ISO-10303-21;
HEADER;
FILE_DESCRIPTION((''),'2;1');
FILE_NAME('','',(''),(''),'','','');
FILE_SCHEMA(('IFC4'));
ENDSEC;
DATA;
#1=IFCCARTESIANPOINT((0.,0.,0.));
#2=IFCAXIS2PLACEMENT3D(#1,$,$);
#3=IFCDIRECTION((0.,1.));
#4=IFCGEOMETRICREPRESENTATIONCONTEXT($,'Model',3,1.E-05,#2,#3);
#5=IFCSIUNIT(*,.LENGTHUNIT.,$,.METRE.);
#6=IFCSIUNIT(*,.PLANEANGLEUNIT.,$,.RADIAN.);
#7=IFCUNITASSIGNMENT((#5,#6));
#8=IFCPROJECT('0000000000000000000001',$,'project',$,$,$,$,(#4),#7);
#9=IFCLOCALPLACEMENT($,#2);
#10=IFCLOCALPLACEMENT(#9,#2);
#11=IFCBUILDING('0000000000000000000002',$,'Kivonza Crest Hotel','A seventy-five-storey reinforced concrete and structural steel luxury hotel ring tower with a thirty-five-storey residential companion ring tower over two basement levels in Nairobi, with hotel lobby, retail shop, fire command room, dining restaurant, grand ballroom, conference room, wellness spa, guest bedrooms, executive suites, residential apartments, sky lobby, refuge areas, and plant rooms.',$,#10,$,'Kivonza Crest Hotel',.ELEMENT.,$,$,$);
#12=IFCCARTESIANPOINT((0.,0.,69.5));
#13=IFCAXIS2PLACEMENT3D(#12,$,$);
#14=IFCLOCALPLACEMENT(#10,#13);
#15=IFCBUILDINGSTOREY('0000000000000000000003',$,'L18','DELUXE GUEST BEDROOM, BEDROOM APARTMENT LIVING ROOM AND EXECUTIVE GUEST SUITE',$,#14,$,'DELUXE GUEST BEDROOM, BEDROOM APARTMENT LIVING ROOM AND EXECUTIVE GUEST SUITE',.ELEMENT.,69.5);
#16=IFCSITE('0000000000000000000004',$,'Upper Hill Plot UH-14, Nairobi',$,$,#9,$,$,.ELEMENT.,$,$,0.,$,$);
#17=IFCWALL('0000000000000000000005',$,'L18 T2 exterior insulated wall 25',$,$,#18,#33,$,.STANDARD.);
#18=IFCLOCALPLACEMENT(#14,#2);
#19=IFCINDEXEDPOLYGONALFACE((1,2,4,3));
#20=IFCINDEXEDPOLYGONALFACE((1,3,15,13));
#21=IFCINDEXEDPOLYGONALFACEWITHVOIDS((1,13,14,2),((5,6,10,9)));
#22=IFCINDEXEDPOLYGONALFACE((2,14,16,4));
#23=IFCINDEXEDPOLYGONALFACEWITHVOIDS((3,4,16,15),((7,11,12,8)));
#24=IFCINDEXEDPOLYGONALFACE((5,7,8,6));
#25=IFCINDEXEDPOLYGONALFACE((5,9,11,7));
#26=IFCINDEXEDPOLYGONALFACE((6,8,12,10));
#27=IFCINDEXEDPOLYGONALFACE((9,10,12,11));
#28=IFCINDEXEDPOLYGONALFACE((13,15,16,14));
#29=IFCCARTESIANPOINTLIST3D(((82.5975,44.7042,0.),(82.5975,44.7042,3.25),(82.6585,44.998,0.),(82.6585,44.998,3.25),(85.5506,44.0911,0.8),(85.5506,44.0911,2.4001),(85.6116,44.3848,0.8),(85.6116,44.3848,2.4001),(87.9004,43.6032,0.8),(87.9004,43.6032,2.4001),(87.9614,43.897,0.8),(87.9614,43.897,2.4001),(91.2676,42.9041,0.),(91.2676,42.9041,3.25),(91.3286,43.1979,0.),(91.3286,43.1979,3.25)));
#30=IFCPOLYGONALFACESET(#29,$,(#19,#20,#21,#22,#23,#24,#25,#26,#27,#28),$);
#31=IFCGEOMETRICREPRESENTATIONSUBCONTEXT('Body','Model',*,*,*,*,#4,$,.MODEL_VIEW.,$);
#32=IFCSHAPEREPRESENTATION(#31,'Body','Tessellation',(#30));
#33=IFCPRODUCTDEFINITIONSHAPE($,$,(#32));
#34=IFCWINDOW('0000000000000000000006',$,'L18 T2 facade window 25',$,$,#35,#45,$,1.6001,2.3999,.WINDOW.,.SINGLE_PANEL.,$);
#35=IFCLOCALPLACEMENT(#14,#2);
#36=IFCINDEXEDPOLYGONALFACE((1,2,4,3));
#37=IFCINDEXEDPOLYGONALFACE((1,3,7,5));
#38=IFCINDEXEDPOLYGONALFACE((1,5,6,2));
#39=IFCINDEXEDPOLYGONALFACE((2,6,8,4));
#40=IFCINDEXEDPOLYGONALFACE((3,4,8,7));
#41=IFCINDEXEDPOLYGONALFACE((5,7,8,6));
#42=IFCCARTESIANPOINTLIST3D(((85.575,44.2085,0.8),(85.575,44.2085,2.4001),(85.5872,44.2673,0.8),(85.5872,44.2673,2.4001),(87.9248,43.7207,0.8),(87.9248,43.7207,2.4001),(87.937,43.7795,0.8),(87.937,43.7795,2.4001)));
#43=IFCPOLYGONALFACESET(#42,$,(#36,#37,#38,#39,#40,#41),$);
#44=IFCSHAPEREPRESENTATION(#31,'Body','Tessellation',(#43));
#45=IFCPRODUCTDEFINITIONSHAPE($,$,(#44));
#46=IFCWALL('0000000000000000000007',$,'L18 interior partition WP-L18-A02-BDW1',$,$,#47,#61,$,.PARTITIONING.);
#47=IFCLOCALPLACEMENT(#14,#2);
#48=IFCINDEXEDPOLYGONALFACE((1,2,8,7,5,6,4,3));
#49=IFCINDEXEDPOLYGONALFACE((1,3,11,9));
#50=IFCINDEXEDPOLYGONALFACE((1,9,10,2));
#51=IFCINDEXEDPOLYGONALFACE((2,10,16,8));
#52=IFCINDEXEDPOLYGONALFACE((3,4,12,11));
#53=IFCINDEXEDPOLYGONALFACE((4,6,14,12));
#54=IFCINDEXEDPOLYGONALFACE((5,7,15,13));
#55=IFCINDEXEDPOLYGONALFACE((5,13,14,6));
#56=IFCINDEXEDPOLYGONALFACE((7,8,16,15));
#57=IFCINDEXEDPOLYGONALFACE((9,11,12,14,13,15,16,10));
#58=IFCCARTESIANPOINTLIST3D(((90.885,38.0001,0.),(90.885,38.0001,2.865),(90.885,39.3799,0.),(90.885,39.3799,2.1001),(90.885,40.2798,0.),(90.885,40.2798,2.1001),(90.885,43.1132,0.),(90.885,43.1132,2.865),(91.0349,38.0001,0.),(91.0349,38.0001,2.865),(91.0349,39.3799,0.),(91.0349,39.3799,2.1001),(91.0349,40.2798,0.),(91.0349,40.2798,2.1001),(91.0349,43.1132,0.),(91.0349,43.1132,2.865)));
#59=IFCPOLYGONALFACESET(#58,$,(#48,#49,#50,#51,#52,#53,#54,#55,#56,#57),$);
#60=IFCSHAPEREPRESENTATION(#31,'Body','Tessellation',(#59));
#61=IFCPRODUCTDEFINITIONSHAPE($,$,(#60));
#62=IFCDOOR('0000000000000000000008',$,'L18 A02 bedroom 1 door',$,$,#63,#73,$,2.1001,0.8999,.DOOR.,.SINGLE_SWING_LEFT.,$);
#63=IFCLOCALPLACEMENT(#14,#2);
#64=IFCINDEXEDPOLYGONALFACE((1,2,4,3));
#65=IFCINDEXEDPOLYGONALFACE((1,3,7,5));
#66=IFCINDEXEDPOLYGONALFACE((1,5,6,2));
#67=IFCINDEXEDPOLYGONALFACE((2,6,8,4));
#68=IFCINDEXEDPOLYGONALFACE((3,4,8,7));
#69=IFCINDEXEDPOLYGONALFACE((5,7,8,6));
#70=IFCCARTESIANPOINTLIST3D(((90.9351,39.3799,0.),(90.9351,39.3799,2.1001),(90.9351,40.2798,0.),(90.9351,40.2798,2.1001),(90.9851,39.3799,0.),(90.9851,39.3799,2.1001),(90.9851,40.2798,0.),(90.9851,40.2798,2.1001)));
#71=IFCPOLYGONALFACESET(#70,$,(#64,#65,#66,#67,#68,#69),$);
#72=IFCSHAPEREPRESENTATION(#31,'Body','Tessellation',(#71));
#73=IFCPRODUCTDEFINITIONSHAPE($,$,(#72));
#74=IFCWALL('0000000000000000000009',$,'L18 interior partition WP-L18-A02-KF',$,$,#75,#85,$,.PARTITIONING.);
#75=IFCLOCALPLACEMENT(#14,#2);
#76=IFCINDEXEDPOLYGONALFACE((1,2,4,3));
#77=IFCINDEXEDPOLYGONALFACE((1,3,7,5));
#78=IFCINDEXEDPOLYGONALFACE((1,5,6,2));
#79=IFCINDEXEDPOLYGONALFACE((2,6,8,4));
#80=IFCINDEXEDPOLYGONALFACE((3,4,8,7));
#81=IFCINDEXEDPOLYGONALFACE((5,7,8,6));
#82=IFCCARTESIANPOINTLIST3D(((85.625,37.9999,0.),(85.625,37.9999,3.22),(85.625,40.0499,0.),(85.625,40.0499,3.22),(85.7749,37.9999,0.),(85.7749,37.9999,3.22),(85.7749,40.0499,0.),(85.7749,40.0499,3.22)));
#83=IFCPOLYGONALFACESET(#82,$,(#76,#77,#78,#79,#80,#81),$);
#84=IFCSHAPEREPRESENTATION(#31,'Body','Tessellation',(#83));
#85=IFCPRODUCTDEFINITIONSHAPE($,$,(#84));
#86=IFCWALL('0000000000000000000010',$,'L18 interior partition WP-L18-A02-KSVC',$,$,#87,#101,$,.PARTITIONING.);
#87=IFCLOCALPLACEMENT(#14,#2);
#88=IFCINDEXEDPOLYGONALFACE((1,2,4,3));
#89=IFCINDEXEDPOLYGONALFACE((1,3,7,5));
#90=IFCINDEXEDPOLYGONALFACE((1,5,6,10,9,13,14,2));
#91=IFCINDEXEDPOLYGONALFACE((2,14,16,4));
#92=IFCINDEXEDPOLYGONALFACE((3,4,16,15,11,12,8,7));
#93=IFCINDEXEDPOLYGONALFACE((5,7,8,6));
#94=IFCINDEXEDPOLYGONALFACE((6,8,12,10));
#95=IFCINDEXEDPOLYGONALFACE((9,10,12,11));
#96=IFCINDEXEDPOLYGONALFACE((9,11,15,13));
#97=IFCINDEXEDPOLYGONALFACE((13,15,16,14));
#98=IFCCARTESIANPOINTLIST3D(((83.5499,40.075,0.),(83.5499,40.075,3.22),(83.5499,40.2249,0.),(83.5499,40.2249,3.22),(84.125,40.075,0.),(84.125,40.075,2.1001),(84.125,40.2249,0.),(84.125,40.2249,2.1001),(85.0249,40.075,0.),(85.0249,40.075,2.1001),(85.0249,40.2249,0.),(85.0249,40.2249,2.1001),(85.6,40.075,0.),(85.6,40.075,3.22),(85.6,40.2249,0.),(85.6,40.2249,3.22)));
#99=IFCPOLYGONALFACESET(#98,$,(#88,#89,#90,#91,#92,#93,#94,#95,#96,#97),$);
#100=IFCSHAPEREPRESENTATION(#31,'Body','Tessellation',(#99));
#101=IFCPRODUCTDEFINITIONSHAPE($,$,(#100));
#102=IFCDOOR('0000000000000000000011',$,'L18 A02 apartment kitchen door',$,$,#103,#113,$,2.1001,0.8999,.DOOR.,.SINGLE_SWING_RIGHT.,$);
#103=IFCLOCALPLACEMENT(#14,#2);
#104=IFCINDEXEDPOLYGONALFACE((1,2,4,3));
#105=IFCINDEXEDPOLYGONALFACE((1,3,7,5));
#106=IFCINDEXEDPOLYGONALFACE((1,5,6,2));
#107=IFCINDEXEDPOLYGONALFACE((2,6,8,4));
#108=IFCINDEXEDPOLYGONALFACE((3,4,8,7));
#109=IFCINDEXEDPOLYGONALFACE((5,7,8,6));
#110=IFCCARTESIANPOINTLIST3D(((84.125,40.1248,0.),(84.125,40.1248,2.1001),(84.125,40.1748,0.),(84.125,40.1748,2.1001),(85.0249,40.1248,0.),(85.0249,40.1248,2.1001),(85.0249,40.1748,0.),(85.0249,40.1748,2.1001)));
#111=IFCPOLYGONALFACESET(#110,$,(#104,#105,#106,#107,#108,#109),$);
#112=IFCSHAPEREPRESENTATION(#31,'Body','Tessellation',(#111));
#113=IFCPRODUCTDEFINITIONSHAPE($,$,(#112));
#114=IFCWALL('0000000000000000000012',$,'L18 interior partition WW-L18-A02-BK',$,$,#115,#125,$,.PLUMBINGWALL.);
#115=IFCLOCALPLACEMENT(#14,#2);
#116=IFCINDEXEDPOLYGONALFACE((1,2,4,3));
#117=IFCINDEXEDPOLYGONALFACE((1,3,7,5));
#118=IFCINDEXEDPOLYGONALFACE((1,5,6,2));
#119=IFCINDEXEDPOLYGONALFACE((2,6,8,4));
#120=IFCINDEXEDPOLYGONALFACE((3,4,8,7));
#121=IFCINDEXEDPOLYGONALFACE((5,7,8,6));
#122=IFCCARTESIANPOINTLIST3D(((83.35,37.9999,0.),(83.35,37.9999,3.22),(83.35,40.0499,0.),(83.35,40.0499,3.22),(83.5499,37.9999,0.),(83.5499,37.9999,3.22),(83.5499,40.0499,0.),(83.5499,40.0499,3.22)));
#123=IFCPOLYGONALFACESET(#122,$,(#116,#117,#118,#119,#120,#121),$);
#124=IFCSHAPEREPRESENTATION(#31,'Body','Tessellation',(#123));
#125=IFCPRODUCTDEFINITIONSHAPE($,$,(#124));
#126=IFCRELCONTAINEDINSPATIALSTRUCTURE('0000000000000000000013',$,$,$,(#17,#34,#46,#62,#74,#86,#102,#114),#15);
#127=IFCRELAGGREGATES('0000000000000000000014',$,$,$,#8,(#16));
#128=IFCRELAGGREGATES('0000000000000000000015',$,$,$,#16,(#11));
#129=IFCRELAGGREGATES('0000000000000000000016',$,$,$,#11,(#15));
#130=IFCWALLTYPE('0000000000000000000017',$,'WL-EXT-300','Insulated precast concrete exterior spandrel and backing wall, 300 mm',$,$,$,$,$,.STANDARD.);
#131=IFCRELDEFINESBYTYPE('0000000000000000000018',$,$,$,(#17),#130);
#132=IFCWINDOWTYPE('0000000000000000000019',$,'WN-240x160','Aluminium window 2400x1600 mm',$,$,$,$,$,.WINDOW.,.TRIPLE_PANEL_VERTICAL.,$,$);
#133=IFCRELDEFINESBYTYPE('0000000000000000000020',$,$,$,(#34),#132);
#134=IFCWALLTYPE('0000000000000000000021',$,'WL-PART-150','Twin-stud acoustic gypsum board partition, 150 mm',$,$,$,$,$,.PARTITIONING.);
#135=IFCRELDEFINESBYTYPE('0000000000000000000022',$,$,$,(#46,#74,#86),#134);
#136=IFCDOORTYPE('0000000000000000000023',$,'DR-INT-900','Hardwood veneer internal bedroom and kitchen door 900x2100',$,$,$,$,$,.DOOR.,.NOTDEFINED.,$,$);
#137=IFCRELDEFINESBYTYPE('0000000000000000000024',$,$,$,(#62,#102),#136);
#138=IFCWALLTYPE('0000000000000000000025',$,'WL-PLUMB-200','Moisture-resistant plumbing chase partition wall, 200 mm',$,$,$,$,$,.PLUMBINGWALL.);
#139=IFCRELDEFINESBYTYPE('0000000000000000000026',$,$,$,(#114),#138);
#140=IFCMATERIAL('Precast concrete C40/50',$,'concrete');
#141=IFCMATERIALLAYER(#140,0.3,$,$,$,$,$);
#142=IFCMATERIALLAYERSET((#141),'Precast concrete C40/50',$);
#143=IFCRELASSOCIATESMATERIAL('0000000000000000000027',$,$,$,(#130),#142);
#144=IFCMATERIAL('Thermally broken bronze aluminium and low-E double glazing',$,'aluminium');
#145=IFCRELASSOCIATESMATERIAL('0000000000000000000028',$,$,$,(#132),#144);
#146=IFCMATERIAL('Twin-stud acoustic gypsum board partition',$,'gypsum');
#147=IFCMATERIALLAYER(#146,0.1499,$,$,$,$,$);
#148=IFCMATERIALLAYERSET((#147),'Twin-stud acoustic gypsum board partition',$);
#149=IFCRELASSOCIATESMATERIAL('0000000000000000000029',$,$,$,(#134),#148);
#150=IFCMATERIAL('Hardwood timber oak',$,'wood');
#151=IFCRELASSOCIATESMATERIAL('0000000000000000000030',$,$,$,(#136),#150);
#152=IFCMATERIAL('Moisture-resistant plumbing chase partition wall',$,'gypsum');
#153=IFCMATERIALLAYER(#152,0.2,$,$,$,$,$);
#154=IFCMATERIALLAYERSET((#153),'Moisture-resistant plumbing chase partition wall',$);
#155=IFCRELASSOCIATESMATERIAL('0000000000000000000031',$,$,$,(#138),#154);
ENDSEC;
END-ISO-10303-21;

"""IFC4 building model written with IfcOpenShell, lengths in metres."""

from ifc_helpers import new_model, si_unit, direction, frame, frame_2d, origin, place, context, subcontext, project, spatial, rectangle, extrude, material, layer, layer_set, type_object, element, fill, save


model = new_model("IFC4")

# Units and contexts
model_context = context("Model", 3, precision=1e-05, world=origin(), true_north=direction((0.0, 1.0)))
body_context = subcontext(model_context, "Body", "Model", "MODEL_VIEW")
ifc_project = project(units=[si_unit("LENGTHUNIT", "METRE"), si_unit("PLANEANGLEUNIT", "RADIAN")], contexts=[model_context])

# Site, building, storey
site_placement = place(None, origin())
site = spatial("IfcSite", under=ifc_project, at=site_placement, Name="Upper Hill Plot UH-14, Nairobi", CompositionType="ELEMENT", RefElevation=0.0)
building_placement = place(site_placement, origin())
building = spatial("IfcBuilding", under=site, at=building_placement, Name="Kivonza Crest Hotel", Description="A seventy-five-storey reinforced concrete and structural steel luxury hotel ring tower with a thirty-five-storey residential companion ring tower over two basement levels in Nairobi, with hotel lobby, retail shop, fire command room, dining restaurant, grand ballroom, conference room, wellness spa, guest bedrooms, executive suites, residential apartments, sky lobby, refuge areas, and plant rooms.", LongName="Kivonza Crest Hotel", CompositionType="ELEMENT")
storey_placement = place(building_placement, frame((0.0, 0.0, 69.5)))
storey = spatial("IfcBuildingStorey", under=building, at=storey_placement, Name="L18", Description="DELUXE GUEST BEDROOM, BEDROOM APARTMENT LIVING ROOM AND EXECUTIVE GUEST SUITE", LongName="DELUXE GUEST BEDROOM, BEDROOM APARTMENT LIVING ROOM AND EXECUTIVE GUEST SUITE", CompositionType="ELEMENT", Elevation=69.5)

# Shared definitions
ifc_material_1 = material(Name="Hardwood timber oak", Category="wood")

# Shared definitions
ifc_material_2 = material(Name="Precast concrete C40/50", Category="concrete")
ifc_layer_1 = layer(ifc_material_2, 0.3)
ifc_layer_set_1 = layer_set([ifc_layer_1], Name="Precast concrete C40/50")
wall_type_1 = type_object("IfcWallType", Name="WL-EXT-300", Description="Insulated precast concrete exterior spandrel and backing wall, 300 mm", PredefinedType="STANDARD", material=ifc_layer_set_1)

# Wall, opening, window
wall_1_placement = place(storey_placement, frame((91.2981, 43.051, 0.0), z_axis=(0.0, 0.0, 1.0), x_axis=(-0.979121, 0.203279, 0.0)))
wall_1 = element("IfcWall", 1, at=wall_1_placement, inside=storey, type_object=wall_type_1, Name="L18 T2 exterior insulated wall 25", PredefinedType="STANDARD", context=body_context, shape_type="SweptSolid", body=[
    extrude(rectangle(XDim=8.855, YDim=0.3, at=frame_2d((4.4275, 0.0))), origin(), (0.0, 0.0, 1.0), 3.25),
])
opening_1_placement = place(wall_1_placement, frame((3.439, 0.0, 0.8)))
opening_1 = element("IfcOpeningElement", 2, at=opening_1_placement, cuts=wall_1, PredefinedType="OPENING", context=body_context, shape_type="SweptSolid", body=[
    extrude(rectangle(XDim=2.3999, YDim=1.6001, at=frame_2d((1.2, 0.8))), frame((0.0, 0.1602, 0.0), z_axis=(0.0, -1.0, 0.0), x_axis=(1.0, 0.0, 0.0)), (0.0, 0.0, 1.0), 0.3201),
])
ifc_material_3 = material(Name="Thermally broken bronze aluminium and low-E double glazing", Category="aluminium")
window_type_1 = type_object("IfcWindowType", Name="WN-240x160", Description="Aluminium window 2400x1600 mm", PartitioningType="TRIPLE_PANEL_VERTICAL", PredefinedType="WINDOW", material=ifc_material_3)
window_1_placement = place(opening_1_placement, origin())
window_1 = element("IfcWindow", 3, at=window_1_placement, inside=storey, type_object=window_type_1, Name="L18 T2 facade window 25", OverallHeight=1.6001, OverallWidth=2.3999, PartitioningType="SINGLE_PANEL", PredefinedType="WINDOW", context=body_context, shape_type="SweptSolid", body=[
    extrude(rectangle(XDim=2.3999, YDim=1.6001, at=frame_2d((1.2, 0.8))), frame((0.0, 0.03, 0.0), z_axis=(0.0, -1.0, 0.0), x_axis=(1.0, 0.0, 0.0)), (0.0, 0.0, 1.0), 0.0601),
])
fill(opening_1, window_1)

# Wall, opening, door
ifc_material_4 = material(Name="Twin-stud acoustic gypsum board partition", Category="gypsum")
ifc_layer_2 = layer(ifc_material_4, 0.1499)
ifc_layer_set_2 = layer_set([ifc_layer_2], Name="Twin-stud acoustic gypsum board partition")
wall_type_2 = type_object("IfcWallType", Name="WL-PART-150", Description="Twin-stud acoustic gypsum board partition, 150 mm", PredefinedType="PARTITIONING", material=ifc_layer_set_2)
wall_2_placement = place(storey_placement, frame((90.96, 38.0, 0.0), z_axis=(0.0, 0.0, 1.0), x_axis=(0.0, 1.0, 0.0)))
wall_2 = element("IfcWall", 4, at=wall_2_placement, inside=storey, type_object=wall_type_2, Name="L18 interior partition WP-L18-A02-BDW1", PredefinedType="PARTITIONING", context=body_context, shape_type="SweptSolid", body=[
    extrude(rectangle(XDim=5.113, YDim=0.1499, at=frame_2d((2.5566, 0.0))), origin(), (0.0, 0.0, 1.0), 2.865),
])
opening_2_placement = place(wall_2_placement, frame((1.3799, 0.0, 0.0)))
opening_2 = element("IfcOpeningElement", 5, at=opening_2_placement, cuts=wall_2, PredefinedType="OPENING", context=body_context, shape_type="SweptSolid", body=[
    extrude(rectangle(XDim=0.8999, YDim=2.1001, at=frame_2d((0.45, 1.05))), frame((0.0, 0.085, 0.0), z_axis=(0.0, -1.0, 0.0), x_axis=(1.0, 0.0, 0.0)), (0.0, 0.0, 1.0), 0.1699),
])
door_type_1 = type_object("IfcDoorType", Name="DR-INT-900", Description="Hardwood veneer internal bedroom and kitchen door 900x2100", OperationType="NOTDEFINED", PredefinedType="DOOR", material=ifc_material_1)
door_1_placement = place(opening_2_placement, origin())
door_1 = element("IfcDoor", 6, at=door_1_placement, inside=storey, type_object=door_type_1, Name="L18 A02 bedroom 1 door", OperationType="SINGLE_SWING_LEFT", OverallHeight=2.1001, OverallWidth=0.8999, PredefinedType="DOOR", context=body_context, shape_type="SweptSolid", body=[
    extrude(rectangle(XDim=0.8999, YDim=2.1001, at=frame_2d((0.45, 1.05))), frame((0.0, 0.0249, 0.0), z_axis=(0.0, -1.0, 0.0), x_axis=(1.0, 0.0, 0.0)), (0.0, 0.0, 1.0), 0.05),
])
fill(opening_2, door_1)

# Wall
wall_3_placement = place(storey_placement, frame((85.7, 38.0, 0.0), z_axis=(0.0, 0.0, 1.0), x_axis=(0.0, 1.0, 0.0)))
element("IfcWall", 7, at=wall_3_placement, inside=storey, type_object=wall_type_2, Name="L18 interior partition WP-L18-A02-KF", PredefinedType="PARTITIONING", context=body_context, shape_type="SweptSolid", body=[
    extrude(rectangle(XDim=2.05, YDim=0.1499, at=frame_2d((1.0249, 0.0))), origin(), (0.0, 0.0, 1.0), 3.22),
])

# Wall, opening, door
wall_4_placement = place(storey_placement, frame((83.55, 40.1499, 0.0), z_axis=(0.0, 0.0, 1.0), x_axis=(1.0, 0.0, 0.0)))
wall_4 = element("IfcWall", 8, at=wall_4_placement, inside=storey, type_object=wall_type_2, Name="L18 interior partition WP-L18-A02-KSVC", PredefinedType="PARTITIONING", context=body_context, shape_type="SweptSolid", body=[
    extrude(rectangle(XDim=2.05, YDim=0.1499, at=frame_2d((1.0249, 0.0))), origin(), (0.0, 0.0, 1.0), 3.22),
])
opening_3_placement = place(wall_4_placement, frame((0.575, 0.0, 0.0)))
opening_3 = element("IfcOpeningElement", 9, at=opening_3_placement, cuts=wall_4, PredefinedType="OPENING", context=body_context, shape_type="SweptSolid", body=[
    extrude(rectangle(XDim=0.8999, YDim=2.1001, at=frame_2d((0.45, 1.05))), frame((0.0, 0.085, 0.0), z_axis=(0.0, -1.0, 0.0), x_axis=(1.0, 0.0, 0.0)), (0.0, 0.0, 1.0), 0.1699),
])
door_2_placement = place(opening_3_placement, origin())
door_2 = element("IfcDoor", 10, at=door_2_placement, inside=storey, type_object=door_type_1, Name="L18 A02 apartment kitchen door", OperationType="SINGLE_SWING_RIGHT", OverallHeight=2.1001, OverallWidth=0.8999, PredefinedType="DOOR", context=body_context, shape_type="SweptSolid", body=[
    extrude(rectangle(XDim=0.8999, YDim=2.1001, at=frame_2d((0.45, 1.05))), frame((0.0, 0.0249, 0.0), z_axis=(0.0, -1.0, 0.0), x_axis=(1.0, 0.0, 0.0)), (0.0, 0.0, 1.0), 0.05),
])
fill(opening_3, door_2)

# Wall
ifc_material_5 = material(Name="Moisture-resistant plumbing chase partition wall", Category="gypsum")
ifc_layer_3 = layer(ifc_material_5, 0.2)
ifc_layer_set_3 = layer_set([ifc_layer_3], Name="Moisture-resistant plumbing chase partition wall")
wall_type_3 = type_object("IfcWallType", Name="WL-PLUMB-200", Description="Moisture-resistant plumbing chase partition wall, 200 mm", PredefinedType="PLUMBINGWALL", material=ifc_layer_set_3)
wall_5_placement = place(storey_placement, frame((83.45, 38.0, 0.0), z_axis=(0.0, 0.0, 1.0), x_axis=(0.0, 1.0, 0.0)))
element("IfcWall", 11, at=wall_5_placement, inside=storey, type_object=wall_type_3, Name="L18 interior partition WW-L18-A02-BK", PredefinedType="PLUMBINGWALL", context=body_context, shape_type="SweptSolid", body=[
    extrude(rectangle(XDim=2.05, YDim=0.2, at=frame_2d((1.0249, 0.0))), origin(), (0.0, 0.0, 1.0), 3.22),
])

save(model, "model.ifc")
